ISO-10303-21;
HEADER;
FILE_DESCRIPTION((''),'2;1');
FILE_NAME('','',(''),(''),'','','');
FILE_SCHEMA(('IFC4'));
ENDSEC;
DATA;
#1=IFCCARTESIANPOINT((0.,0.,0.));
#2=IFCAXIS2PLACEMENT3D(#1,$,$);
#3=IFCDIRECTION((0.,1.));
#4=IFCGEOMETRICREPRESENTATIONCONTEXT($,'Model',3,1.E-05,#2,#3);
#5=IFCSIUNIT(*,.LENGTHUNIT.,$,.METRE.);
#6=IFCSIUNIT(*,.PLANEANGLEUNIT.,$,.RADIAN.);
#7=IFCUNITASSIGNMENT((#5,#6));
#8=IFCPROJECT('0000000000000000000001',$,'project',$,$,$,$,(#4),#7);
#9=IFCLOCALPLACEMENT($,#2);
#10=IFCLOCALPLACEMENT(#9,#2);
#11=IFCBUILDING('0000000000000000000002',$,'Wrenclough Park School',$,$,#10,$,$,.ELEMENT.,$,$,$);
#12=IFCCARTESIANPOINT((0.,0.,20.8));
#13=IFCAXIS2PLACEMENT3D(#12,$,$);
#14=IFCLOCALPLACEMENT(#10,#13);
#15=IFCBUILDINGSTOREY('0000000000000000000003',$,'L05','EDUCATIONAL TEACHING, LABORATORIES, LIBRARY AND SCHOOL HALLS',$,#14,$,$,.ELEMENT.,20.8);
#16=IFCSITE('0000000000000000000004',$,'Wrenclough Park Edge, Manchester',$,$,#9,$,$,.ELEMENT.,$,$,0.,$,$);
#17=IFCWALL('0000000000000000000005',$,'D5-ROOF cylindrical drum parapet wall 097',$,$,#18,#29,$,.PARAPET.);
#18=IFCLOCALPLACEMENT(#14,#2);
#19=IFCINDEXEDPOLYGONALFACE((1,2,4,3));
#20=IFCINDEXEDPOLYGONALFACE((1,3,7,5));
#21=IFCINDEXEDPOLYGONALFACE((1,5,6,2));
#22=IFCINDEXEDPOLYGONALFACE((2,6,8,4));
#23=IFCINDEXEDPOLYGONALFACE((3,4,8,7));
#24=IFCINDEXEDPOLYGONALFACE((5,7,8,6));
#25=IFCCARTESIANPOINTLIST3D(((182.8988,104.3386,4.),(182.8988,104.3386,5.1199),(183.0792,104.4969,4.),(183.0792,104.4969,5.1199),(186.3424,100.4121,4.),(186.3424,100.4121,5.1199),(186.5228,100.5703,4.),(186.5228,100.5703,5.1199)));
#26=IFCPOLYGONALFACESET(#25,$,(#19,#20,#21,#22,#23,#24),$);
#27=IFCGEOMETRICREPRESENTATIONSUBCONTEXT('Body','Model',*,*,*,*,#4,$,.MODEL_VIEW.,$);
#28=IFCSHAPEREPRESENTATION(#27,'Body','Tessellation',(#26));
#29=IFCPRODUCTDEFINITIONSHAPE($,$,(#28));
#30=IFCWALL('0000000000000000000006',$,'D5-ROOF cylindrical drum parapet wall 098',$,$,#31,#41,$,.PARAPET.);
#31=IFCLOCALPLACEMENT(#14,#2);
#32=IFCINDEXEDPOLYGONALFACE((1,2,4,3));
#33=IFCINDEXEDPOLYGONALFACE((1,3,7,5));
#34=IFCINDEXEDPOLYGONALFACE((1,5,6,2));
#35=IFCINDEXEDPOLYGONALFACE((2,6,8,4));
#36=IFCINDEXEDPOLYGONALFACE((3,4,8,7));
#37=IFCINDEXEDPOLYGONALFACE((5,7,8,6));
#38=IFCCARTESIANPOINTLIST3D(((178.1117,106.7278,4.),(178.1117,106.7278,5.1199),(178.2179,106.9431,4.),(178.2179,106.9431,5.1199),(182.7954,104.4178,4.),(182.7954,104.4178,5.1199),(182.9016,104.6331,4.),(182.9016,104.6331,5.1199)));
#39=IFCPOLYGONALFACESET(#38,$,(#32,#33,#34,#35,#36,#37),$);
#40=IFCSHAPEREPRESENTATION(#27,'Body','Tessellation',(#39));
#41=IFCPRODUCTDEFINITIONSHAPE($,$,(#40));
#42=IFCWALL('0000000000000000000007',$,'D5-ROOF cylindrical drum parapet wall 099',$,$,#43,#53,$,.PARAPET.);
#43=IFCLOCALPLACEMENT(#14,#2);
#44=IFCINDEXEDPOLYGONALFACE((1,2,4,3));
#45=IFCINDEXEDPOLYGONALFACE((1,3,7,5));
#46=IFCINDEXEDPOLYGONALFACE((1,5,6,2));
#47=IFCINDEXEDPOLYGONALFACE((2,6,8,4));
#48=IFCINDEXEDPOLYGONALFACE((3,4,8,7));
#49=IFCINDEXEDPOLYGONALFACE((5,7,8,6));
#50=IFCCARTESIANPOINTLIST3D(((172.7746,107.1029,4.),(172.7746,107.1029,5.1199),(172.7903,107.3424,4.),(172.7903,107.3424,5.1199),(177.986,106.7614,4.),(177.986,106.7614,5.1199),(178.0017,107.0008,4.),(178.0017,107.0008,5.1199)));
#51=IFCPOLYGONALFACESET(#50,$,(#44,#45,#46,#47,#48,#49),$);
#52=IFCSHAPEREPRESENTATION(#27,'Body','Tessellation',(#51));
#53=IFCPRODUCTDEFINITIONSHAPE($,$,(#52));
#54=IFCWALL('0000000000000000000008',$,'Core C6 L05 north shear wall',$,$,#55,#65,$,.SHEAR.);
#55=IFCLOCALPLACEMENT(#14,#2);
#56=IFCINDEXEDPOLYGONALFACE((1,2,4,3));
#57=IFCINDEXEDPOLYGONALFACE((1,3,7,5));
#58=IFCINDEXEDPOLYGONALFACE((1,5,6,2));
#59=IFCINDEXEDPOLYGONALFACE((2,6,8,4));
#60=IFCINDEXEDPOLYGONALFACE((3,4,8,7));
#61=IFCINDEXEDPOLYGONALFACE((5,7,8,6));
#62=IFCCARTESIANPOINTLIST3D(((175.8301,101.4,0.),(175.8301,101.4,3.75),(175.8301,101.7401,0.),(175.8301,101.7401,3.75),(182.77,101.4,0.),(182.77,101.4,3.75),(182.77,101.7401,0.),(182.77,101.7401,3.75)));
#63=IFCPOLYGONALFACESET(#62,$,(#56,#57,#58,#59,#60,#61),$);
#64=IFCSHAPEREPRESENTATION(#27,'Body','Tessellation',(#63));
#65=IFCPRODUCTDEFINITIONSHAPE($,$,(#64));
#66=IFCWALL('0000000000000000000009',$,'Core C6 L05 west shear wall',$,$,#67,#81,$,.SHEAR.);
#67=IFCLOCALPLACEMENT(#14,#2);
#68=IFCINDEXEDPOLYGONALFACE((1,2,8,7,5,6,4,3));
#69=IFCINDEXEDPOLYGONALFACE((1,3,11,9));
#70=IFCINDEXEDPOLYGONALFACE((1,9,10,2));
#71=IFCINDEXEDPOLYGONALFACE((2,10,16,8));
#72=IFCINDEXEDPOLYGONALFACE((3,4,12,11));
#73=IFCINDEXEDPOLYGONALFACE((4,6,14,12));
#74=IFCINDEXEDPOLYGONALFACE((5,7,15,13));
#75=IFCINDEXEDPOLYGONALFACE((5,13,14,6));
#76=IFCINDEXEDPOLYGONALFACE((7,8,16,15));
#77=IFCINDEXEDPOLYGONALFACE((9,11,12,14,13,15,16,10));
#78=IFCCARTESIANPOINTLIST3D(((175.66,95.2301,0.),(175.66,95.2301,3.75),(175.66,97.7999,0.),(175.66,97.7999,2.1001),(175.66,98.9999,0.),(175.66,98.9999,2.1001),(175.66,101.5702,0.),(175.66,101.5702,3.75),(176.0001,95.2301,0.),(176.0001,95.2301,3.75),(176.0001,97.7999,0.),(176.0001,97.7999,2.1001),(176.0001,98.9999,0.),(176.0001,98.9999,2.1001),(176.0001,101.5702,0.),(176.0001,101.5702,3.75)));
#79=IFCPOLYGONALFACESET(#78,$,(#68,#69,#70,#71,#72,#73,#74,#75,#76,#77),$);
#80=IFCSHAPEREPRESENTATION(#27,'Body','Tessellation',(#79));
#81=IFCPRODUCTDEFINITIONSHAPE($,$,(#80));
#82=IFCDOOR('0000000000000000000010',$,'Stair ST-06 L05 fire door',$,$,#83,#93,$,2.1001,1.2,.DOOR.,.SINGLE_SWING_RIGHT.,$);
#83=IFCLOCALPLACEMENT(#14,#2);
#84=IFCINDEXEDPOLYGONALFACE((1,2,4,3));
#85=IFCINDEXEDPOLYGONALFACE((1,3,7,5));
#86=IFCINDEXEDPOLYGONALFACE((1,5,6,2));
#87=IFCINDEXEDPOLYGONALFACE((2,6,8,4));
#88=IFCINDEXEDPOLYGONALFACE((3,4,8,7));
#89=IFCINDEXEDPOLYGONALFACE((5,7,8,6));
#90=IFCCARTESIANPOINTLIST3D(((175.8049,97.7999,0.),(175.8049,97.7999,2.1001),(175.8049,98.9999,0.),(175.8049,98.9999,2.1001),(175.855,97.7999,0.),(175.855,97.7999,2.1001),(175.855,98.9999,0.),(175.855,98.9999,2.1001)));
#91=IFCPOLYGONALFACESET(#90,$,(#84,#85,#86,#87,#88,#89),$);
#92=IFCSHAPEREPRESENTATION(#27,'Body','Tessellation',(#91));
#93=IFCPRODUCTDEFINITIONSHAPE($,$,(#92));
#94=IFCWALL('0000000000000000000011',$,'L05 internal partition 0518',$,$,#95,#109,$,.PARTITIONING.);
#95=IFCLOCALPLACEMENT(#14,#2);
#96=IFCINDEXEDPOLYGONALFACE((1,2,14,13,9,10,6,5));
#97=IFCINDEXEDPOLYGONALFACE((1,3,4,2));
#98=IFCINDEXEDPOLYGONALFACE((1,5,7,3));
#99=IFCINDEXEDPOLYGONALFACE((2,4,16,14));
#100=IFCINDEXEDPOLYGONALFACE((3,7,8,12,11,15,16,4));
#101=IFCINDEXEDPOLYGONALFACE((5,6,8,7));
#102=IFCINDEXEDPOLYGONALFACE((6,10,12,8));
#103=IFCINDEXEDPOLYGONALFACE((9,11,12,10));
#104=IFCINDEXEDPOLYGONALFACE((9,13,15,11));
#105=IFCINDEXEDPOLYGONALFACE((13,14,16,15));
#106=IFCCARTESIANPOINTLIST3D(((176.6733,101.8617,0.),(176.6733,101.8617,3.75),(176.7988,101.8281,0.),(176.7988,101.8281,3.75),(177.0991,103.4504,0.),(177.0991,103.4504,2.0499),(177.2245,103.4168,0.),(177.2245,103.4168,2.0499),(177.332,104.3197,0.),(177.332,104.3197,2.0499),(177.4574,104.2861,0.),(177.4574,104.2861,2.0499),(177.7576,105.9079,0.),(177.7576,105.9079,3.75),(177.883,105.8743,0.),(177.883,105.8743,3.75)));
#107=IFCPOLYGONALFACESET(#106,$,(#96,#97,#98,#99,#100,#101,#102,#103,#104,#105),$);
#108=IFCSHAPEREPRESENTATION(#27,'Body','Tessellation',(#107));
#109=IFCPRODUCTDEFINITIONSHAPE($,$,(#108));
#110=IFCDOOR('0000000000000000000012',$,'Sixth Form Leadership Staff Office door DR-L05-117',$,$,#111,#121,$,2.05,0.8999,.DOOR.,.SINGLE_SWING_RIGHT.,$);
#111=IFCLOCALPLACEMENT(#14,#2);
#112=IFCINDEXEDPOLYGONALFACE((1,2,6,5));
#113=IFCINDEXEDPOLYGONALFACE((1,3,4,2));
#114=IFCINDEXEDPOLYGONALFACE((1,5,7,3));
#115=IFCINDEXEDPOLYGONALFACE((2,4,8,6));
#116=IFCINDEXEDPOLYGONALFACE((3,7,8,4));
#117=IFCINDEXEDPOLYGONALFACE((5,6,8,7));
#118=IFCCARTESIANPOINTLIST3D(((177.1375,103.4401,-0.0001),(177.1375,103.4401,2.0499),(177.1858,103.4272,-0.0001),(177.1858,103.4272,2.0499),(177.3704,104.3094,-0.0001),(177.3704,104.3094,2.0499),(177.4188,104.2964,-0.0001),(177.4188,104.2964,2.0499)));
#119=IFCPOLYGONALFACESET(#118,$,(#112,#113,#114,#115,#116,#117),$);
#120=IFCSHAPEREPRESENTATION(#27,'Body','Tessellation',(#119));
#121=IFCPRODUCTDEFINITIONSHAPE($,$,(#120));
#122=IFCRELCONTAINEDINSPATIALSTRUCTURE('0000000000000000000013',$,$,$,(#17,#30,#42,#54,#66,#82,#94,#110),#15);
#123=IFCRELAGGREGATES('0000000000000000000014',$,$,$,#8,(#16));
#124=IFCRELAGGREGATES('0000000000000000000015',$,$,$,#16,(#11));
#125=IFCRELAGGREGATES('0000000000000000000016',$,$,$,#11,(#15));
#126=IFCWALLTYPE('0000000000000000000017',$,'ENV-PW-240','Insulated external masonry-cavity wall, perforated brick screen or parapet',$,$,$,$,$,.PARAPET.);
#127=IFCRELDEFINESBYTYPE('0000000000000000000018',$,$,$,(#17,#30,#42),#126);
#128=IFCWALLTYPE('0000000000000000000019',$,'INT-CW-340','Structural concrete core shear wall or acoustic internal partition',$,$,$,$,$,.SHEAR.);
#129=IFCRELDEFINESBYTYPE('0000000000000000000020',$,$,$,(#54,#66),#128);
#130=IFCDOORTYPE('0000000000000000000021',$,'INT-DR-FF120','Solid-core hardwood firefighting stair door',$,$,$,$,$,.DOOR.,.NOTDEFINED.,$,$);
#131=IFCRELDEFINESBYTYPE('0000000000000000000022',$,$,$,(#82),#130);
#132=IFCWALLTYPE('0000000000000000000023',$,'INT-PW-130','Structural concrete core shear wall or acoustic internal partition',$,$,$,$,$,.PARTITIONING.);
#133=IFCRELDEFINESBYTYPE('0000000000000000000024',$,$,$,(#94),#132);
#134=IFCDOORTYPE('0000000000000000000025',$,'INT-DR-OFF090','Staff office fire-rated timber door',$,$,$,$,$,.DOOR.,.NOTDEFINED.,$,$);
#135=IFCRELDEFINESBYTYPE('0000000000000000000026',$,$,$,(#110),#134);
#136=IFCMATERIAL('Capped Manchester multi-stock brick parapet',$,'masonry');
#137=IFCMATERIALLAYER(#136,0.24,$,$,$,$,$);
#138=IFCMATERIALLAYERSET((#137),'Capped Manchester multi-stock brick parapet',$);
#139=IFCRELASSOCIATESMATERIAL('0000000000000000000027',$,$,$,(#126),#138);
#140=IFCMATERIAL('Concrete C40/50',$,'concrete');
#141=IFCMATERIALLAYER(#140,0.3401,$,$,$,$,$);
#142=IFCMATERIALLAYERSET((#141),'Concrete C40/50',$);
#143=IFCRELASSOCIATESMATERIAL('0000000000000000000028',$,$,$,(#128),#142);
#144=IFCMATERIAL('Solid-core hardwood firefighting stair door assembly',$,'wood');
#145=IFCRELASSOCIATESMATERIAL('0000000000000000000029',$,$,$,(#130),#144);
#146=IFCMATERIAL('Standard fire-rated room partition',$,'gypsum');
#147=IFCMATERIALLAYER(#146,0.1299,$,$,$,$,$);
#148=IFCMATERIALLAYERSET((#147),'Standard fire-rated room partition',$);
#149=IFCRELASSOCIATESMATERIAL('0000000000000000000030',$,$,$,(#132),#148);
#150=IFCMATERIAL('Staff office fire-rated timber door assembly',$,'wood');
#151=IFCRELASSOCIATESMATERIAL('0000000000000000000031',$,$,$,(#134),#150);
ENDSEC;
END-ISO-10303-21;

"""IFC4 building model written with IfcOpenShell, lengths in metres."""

from ifc_helpers import new_model, si_unit, direction, frame, frame_2d, origin, place, context, subcontext, project, spatial, rectangle, extrude, material, layer, layer_set, type_object, element, fill, save


model = new_model("IFC4")

# Units and contexts
model_context = context("Model", 3, precision=1e-05, world=origin(), true_north=direction((0.0, 1.0)))
body_context = subcontext(model_context, "Body", "Model", "MODEL_VIEW")
ifc_project = project(units=[si_unit("LENGTHUNIT", "METRE"), si_unit("PLANEANGLEUNIT", "RADIAN")], contexts=[model_context])

# Site, building, storey
site_placement = place(None, origin())
site = spatial("IfcSite", under=ifc_project, at=site_placement, Name="Wrenclough Park Edge, Manchester", CompositionType="ELEMENT", RefElevation=0.0)
building_placement = place(site_placement, origin())
building = spatial("IfcBuilding", under=site, at=building_placement, Name="Wrenclough Park School", CompositionType="ELEMENT")
storey_placement = place(building_placement, frame((0.0, 0.0, 20.8)))
storey = spatial("IfcBuildingStorey", under=building, at=storey_placement, Name="L05", Description="EDUCATIONAL TEACHING, LABORATORIES, LIBRARY AND SCHOOL HALLS", CompositionType="ELEMENT", Elevation=20.8)

# Shared definitions
ifc_material_1 = material(Name="Concrete C40/50", Category="concrete")

# Walls
ifc_material_2 = material(Name="Capped Manchester multi-stock brick parapet", Category="masonry")
ifc_layer_1 = layer(ifc_material_2, 0.24)
ifc_layer_set_1 = layer_set([ifc_layer_1], Name="Capped Manchester multi-stock brick parapet")
wall_type_1 = type_object("IfcWallType", Name="ENV-PW-240", Description="Insulated external masonry-cavity wall, perforated brick screen or parapet", PredefinedType="PARAPET", material=ifc_layer_set_1)
wall_1_placement = place(storey_placement, frame((186.4326, 100.4912, 4.0), z_axis=(0.0, 0.0, 1.0), x_axis=(-0.659361, 0.751826, 0.0)))
element("IfcWall", 1, at=wall_1_placement, inside=storey, type_object=wall_type_1, Name="D5-ROOF cylindrical drum parapet wall 097", PredefinedType="PARAPET", context=body_context, shape_type="SweptSolid", body=[
    extrude(rectangle(XDim=5.2227, YDim=0.24, at=frame_2d((2.6113, 0.0))), origin(), (0.0, 0.0, 1.0), 1.1199),
])
wall_2_placement = place(storey_placement, frame((182.8486, 104.5254, 4.0), z_axis=(0.0, 0.0, 1.0), x_axis=(-0.896854, 0.442326, 0.0)))
element("IfcWall", 2, at=wall_2_placement, inside=storey, type_object=wall_type_1, Name="D5-ROOF cylindrical drum parapet wall 098", PredefinedType="PARAPET", context=body_context, shape_type="SweptSolid", body=[
    extrude(rectangle(XDim=5.2224, YDim=0.24, at=frame_2d((2.6113, 0.0))), origin(), (0.0, 0.0, 1.0), 1.1199),
])
wall_3_placement = place(storey_placement, frame((177.9939, 106.8811, 4.0), z_axis=(0.0, 0.0, 1.0), x_axis=(-0.997859, 0.065399, 0.0)))
element("IfcWall", 3, at=wall_3_placement, inside=storey, type_object=wall_type_1, Name="D5-ROOF cylindrical drum parapet wall 099", PredefinedType="PARAPET", context=body_context, shape_type="SweptSolid", body=[
    extrude(rectangle(XDim=5.2227, YDim=0.24, at=frame_2d((2.6113, 0.0))), origin(), (0.0, 0.0, 1.0), 1.1199),
])
ifc_layer_2 = layer(ifc_material_1, 0.3401)
ifc_layer_set_2 = layer_set([ifc_layer_2], Name="Concrete C40/50")
wall_type_2 = type_object("IfcWallType", Name="INT-CW-340", Description="Structural concrete core shear wall or acoustic internal partition", PredefinedType="SHEAR", material=ifc_layer_set_2)
wall_4_placement = place(storey_placement, frame((182.77, 101.5701, 0.0), z_axis=(0.0, 0.0, 1.0), x_axis=(-1.0, 0.0, 0.0)))
element("IfcWall", 4, at=wall_4_placement, inside=storey, type_object=wall_type_2, Name="Core C6 L05 north shear wall", PredefinedType="SHEAR", context=body_context, shape_type="SweptSolid", body=[
    extrude(rectangle(XDim=6.9399, YDim=0.3401, at=frame_2d((3.47, 0.0))), origin(), (0.0, 0.0, 1.0), 3.75),
])

# Walls, openings, doors
wall_5_placement = place(storey_placement, frame((175.8301, 101.5701, 0.0), z_axis=(0.0, 0.0, 1.0), x_axis=(0.0, -1.0, 0.0)))
wall_5 = element("IfcWall", 5, at=wall_5_placement, inside=storey, type_object=wall_type_2, Name="Core C6 L05 west shear wall", PredefinedType="SHEAR", context=body_context, shape_type="SweptSolid", body=[
    extrude(rectangle(XDim=6.3401, YDim=0.3401, at=frame_2d((3.1699, 0.0))), origin(), (0.0, 0.0, 1.0), 3.75),
])
opening_1_placement = place(wall_5_placement, frame((2.5701, 0.0, 0.0)))
opening_1 = element("IfcOpeningElement", 6, at=opening_1_placement, cuts=wall_5, PredefinedType="OPENING", context=body_context, shape_type="SweptSolid", body=[
    extrude(rectangle(XDim=1.2, YDim=2.1001, at=frame_2d((0.6001, 1.05))), frame((0.0, 0.1799, 0.0), z_axis=(0.0, -1.0, 0.0), x_axis=(1.0, 0.0, 0.0)), (0.0, 0.0, 1.0), 0.3601),
])
ifc_material_3 = material(Name="Solid-core hardwood firefighting stair door assembly", Category="wood")
door_type_1 = type_object("IfcDoorType", Name="INT-DR-FF120", Description="Solid-core hardwood firefighting stair door", OperationType="NOTDEFINED", PredefinedType="DOOR", material=ifc_material_3)
door_1_placement = place(opening_1_placement, origin())
door_1 = element("IfcDoor", 7, at=door_1_placement, inside=storey, type_object=door_type_1, Name="Stair ST-06 L05 fire door", OperationType="SINGLE_SWING_RIGHT", OverallHeight=2.1001, OverallWidth=1.2, PredefinedType="DOOR", context=body_context, shape_type="SweptSolid", body=[
    extrude(rectangle(XDim=1.2, YDim=2.1001, at=frame_2d((0.6001, 1.05))), frame((0.0, 0.0249, 0.0), z_axis=(0.0, -1.0, 0.0), x_axis=(1.0, 0.0, 0.0)), (0.0, 0.0, 1.0), 0.05),
])
fill(opening_1, door_1)
ifc_material_4 = material(Name="Standard fire-rated room partition", Category="gypsum")
ifc_layer_3 = layer(ifc_material_4, 0.1299)
ifc_layer_set_3 = layer_set([ifc_layer_3], Name="Standard fire-rated room partition")
wall_type_3 = type_object("IfcWallType", Name="INT-PW-130", Description="Structural concrete core shear wall or acoustic internal partition", PredefinedType="PARTITIONING", material=ifc_layer_set_3)
wall_6_placement = place(storey_placement, frame((177.8203, 105.8911, 0.0), z_axis=(0.0, 0.0, 1.0), x_axis=(-0.258834, -0.965922, 0.0)))
wall_6 = element("IfcWall", 8, at=wall_6_placement, inside=storey, type_object=wall_type_3, Name="L05 internal partition 0518", PredefinedType="PARTITIONING", context=body_context, shape_type="SweptSolid", body=[
    extrude(rectangle(XDim=4.189, YDim=0.1299, at=frame_2d((2.0945, 0.0))), origin(), (0.0, 0.0, 1.0), 3.75),
])
opening_2_placement = place(wall_6_placement, frame((1.6443, 0.0, 0.0)))
opening_2 = element("IfcOpeningElement", 9, at=opening_2_placement, cuts=wall_6, PredefinedType="OPENING", context=body_context, shape_type="SweptSolid", body=[
    extrude(rectangle(XDim=0.8999, YDim=2.05, at=frame_2d((0.45, 1.0249))), frame((0.0, 0.075, 0.0), z_axis=(0.0, -1.0, 0.0), x_axis=(1.0, 0.0, 0.0)), (0.0, 0.0, 1.0), 0.1499),
])
ifc_material_5 = material(Name="Staff office fire-rated timber door assembly", Category="wood")
door_type_2 = type_object("IfcDoorType", Name="INT-DR-OFF090", Description="Staff office fire-rated timber door", OperationType="NOTDEFINED", PredefinedType="DOOR", material=ifc_material_5)
door_2_placement = place(opening_2_placement, origin())
door_2 = element("IfcDoor", 10, at=door_2_placement, inside=storey, type_object=door_type_2, Name="Sixth Form Leadership Staff Office door DR-L05-117", OperationType="SINGLE_SWING_RIGHT", OverallHeight=2.05, OverallWidth=0.8999, PredefinedType="DOOR", context=body_context, shape_type="SweptSolid", body=[
    extrude(rectangle(XDim=0.8999, YDim=2.05, at=frame_2d((0.45, 1.0249))), frame((0.0, 0.0249, 0.0), z_axis=(0.0, -1.0, 0.0), x_axis=(1.0, 0.0, 0.0)), (0.0, 0.0, 1.0), 0.05),
])
fill(opening_2, door_2)

save(model, "model.ifc")
